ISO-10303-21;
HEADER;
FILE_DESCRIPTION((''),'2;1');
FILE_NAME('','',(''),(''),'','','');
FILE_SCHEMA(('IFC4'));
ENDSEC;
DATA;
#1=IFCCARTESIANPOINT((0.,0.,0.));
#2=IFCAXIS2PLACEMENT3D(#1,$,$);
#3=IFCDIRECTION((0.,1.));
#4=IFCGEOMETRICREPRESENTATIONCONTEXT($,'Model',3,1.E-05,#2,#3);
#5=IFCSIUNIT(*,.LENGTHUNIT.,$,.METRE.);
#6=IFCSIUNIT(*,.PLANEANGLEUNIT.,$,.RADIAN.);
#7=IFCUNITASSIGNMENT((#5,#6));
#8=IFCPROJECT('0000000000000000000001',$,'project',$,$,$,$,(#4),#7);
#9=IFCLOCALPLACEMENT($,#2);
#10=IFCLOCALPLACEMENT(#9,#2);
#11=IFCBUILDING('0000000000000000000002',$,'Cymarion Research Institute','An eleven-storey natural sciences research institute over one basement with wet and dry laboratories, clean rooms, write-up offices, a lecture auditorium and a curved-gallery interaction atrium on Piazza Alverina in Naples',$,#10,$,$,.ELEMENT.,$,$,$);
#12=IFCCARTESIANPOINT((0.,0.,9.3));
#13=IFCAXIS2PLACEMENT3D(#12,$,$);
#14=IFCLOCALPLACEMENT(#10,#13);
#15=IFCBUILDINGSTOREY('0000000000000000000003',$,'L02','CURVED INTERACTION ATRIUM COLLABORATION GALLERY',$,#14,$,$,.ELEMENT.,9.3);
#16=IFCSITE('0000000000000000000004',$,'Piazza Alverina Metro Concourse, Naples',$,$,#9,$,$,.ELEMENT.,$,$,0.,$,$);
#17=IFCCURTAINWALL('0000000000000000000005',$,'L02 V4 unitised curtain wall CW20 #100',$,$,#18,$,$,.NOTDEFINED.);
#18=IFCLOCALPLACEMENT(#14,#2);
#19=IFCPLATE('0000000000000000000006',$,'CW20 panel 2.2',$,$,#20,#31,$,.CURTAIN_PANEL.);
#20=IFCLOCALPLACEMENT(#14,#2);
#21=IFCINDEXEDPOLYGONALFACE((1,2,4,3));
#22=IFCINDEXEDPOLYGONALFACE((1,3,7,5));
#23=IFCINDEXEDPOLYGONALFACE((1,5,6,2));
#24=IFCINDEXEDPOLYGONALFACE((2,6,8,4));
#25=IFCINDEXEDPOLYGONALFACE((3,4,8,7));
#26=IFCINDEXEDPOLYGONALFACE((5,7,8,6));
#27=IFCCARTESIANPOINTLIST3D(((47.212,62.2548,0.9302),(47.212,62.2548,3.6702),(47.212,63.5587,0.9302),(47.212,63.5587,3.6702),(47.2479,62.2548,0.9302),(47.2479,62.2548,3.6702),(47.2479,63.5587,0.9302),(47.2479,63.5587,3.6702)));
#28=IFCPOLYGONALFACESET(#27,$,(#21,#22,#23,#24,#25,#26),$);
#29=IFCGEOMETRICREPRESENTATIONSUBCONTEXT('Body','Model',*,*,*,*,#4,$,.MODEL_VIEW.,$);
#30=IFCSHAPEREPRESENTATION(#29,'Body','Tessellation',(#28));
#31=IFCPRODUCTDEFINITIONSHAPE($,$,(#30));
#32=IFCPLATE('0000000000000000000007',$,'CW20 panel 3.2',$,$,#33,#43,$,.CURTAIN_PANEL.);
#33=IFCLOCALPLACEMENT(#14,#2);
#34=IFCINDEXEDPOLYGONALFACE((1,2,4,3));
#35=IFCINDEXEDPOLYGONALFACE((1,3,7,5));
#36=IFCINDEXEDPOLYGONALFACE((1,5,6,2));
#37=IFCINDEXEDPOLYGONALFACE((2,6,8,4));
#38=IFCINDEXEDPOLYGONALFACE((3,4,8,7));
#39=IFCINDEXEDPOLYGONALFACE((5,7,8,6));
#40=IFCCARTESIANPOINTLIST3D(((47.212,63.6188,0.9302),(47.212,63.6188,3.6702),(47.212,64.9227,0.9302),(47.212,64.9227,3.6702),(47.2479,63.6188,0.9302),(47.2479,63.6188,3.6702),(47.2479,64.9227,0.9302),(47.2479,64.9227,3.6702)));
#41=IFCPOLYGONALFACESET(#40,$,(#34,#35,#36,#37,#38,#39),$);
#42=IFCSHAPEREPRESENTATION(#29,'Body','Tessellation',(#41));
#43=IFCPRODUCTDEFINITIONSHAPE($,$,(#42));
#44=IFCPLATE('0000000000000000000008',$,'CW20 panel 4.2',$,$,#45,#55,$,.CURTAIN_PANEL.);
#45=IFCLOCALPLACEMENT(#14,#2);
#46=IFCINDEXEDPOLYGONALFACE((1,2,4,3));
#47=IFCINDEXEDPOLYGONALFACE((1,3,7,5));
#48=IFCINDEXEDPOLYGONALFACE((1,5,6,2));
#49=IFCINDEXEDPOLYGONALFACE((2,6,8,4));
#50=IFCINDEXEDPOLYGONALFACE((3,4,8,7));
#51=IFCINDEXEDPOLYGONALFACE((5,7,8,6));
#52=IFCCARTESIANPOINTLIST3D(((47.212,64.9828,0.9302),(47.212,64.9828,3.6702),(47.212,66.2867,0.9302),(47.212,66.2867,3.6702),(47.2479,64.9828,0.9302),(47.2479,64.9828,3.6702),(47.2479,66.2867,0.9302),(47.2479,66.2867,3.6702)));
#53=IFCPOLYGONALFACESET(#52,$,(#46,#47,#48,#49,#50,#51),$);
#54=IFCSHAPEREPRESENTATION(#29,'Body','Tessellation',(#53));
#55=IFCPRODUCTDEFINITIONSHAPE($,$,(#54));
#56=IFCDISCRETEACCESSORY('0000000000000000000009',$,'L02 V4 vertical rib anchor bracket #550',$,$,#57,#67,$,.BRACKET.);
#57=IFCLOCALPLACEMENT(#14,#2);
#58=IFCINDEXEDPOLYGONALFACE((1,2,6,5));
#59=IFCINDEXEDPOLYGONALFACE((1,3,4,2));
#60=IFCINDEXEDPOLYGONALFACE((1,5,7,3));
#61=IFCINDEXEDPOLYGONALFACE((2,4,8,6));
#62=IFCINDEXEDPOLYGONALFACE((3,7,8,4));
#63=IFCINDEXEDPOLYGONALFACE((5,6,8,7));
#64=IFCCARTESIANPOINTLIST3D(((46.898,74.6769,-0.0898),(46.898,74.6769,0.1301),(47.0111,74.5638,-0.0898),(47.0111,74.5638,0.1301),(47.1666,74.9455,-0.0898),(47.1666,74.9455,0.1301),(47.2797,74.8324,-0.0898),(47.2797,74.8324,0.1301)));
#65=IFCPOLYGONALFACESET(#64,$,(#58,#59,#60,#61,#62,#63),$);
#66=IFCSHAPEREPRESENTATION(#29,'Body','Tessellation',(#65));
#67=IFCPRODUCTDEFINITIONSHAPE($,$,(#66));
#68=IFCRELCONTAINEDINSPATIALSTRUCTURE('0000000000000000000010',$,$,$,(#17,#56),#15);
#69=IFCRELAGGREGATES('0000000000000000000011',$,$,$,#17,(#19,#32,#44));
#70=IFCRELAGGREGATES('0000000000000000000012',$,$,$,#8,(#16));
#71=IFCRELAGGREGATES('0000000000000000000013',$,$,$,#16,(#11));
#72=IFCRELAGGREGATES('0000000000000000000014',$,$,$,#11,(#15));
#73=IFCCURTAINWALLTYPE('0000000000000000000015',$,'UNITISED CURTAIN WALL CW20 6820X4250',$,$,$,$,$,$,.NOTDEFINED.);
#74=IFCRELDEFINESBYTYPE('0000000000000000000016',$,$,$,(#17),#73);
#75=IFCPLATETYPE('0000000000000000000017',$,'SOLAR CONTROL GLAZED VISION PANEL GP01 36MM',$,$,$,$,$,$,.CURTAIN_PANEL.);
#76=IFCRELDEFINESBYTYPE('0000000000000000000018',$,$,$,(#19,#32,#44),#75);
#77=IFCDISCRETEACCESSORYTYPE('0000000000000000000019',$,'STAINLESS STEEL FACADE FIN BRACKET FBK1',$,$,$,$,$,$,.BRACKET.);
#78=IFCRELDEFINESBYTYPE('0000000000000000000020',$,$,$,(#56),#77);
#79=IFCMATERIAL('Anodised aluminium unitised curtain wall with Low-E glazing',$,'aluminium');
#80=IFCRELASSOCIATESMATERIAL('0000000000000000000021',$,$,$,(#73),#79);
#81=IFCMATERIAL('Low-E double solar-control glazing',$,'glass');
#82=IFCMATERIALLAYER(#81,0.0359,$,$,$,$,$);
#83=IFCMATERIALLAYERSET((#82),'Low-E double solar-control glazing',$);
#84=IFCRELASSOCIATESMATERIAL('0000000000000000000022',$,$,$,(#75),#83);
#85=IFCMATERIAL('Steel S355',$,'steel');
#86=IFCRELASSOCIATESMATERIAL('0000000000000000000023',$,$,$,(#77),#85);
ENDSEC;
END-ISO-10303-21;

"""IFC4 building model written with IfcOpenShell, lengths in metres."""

from ifc_helpers import new_model, si_unit, direction, frame, origin, origin_2d, place, context, subcontext, project, spatial, rectangle, extrude, material, layer, layer_set, type_object, element, aggregate, save


model = new_model("IFC4")

# Units and contexts
model_context = context("Model", 3, precision=1e-05, world=origin(), true_north=direction((0.0, 1.0)))
body_context = subcontext(model_context, "Body", "Model", "MODEL_VIEW")
ifc_project = project(units=[si_unit("LENGTHUNIT", "METRE"), si_unit("PLANEANGLEUNIT", "RADIAN")], contexts=[model_context])

# Site, building, storey
site_placement = place(None, origin())
site = spatial("IfcSite", under=ifc_project, at=site_placement, Name="Piazza Alverina Metro Concourse, Naples", CompositionType="ELEMENT", RefElevation=0.0)
building_placement = place(site_placement, origin())
building = spatial("IfcBuilding", under=site, at=building_placement, Name="Cymarion Research Institute", Description="An eleven-storey natural sciences research institute over one basement with wet and dry laboratories, clean rooms, write-up offices, a lecture auditorium and a curved-gallery interaction atrium on Piazza Alverina in Naples", CompositionType="ELEMENT")
storey_placement = place(building_placement, frame((0.0, 0.0, 9.3)))
storey = spatial("IfcBuildingStorey", under=building, at=storey_placement, Name="L02", Description="CURVED INTERACTION ATRIUM COLLABORATION GALLERY", CompositionType="ELEMENT", Elevation=9.3)

# Shared definitions
ifc_material_1 = material(Name="Steel S355", Category="steel")

# Curtain wall
ifc_material_2 = material(Name="Anodised aluminium unitised curtain wall with Low-E glazing", Category="aluminium")
curtain_wall_type_1 = type_object("IfcCurtainWallType", Name="UNITISED CURTAIN WALL CW20 6820X4250", PredefinedType="NOTDEFINED", material=ifc_material_2)
curtain_wall_1_placement = place(storey_placement, origin())
curtain_wall_1 = element("IfcCurtainWall", 1, at=curtain_wall_1_placement, inside=storey, type_object=curtain_wall_type_1, Name="L02 V4 unitised curtain wall CW20 #100", PredefinedType="NOTDEFINED")

# Plates
ifc_material_3 = material(Name="Low-E double solar-control glazing", Category="glass")
ifc_layer_1 = layer(ifc_material_3, 0.0359)
ifc_layer_set_1 = layer_set([ifc_layer_1], Name="Low-E double solar-control glazing")
plate_type_1 = type_object("IfcPlateType", Name="SOLAR CONTROL GLAZED VISION PANEL GP01 36MM", PredefinedType="CURTAIN_PANEL", material=ifc_layer_set_1)
plate_1_placement = place(storey_placement, frame((47.23, 62.9067, 0.9302), z_axis=(0.0, 0.0, 1.0), x_axis=(0.0, 1.0, 0.0)))
plate_1 = element("IfcPlate", 2, at=plate_1_placement, type_object=plate_type_1, Name="CW20 panel 2.2", PredefinedType="CURTAIN_PANEL", context=body_context, shape_type="SweptSolid", body=[
    extrude(rectangle(XDim=1.304, YDim=0.0359, at=origin_2d()), origin(), (0.0, 0.0, 1.0), 2.74),
])
plate_2_placement = place(storey_placement, frame((47.23, 64.2708, 0.9302), z_axis=(0.0, 0.0, 1.0), x_axis=(0.0, 1.0, 0.0)))
plate_2 = element("IfcPlate", 3, at=plate_2_placement, type_object=plate_type_1, Name="CW20 panel 3.2", PredefinedType="CURTAIN_PANEL", context=body_context, shape_type="SweptSolid", body=[
    extrude(rectangle(XDim=1.304, YDim=0.0359, at=origin_2d()), origin(), (0.0, 0.0, 1.0), 2.74),
])
plate_3_placement = place(storey_placement, frame((47.23, 65.6348, 0.9302), z_axis=(0.0, 0.0, 1.0), x_axis=(0.0, 1.0, 0.0)))
plate_3 = element("IfcPlate", 4, at=plate_3_placement, type_object=plate_type_1, Name="CW20 panel 4.2", PredefinedType="CURTAIN_PANEL", context=body_context, shape_type="SweptSolid", body=[
    extrude(rectangle(XDim=1.304, YDim=0.0359, at=origin_2d()), origin(), (0.0, 0.0, 1.0), 2.74),
])
aggregate(curtain_wall_1, [plate_1, plate_2, plate_3])

# Discrete accessory
discrete_accessory_type = type_object("IfcDiscreteAccessoryType", Name="STAINLESS STEEL FACADE FIN BRACKET FBK1", PredefinedType="BRACKET", material=ifc_material_1)
discrete_accessory_placement = place(storey_placement, frame((47.0889, 74.7546, -0.0898), z_axis=(0.0, 0.0, 1.0), x_axis=(0.707107, 0.707107, 0.0)))
element("IfcDiscreteAccessory", 5, at=discrete_accessory_placement, inside=storey, type_object=discrete_accessory_type, Name="L02 V4 vertical rib anchor bracket #550", PredefinedType="BRACKET", context=body_context, shape_type="SweptSolid", body=[
    extrude(rectangle(XDim=0.3799, YDim=0.1599, at=origin_2d()), origin(), (0.0, 0.0, 1.0), 0.22),
])

save(model, "model.ifc")
